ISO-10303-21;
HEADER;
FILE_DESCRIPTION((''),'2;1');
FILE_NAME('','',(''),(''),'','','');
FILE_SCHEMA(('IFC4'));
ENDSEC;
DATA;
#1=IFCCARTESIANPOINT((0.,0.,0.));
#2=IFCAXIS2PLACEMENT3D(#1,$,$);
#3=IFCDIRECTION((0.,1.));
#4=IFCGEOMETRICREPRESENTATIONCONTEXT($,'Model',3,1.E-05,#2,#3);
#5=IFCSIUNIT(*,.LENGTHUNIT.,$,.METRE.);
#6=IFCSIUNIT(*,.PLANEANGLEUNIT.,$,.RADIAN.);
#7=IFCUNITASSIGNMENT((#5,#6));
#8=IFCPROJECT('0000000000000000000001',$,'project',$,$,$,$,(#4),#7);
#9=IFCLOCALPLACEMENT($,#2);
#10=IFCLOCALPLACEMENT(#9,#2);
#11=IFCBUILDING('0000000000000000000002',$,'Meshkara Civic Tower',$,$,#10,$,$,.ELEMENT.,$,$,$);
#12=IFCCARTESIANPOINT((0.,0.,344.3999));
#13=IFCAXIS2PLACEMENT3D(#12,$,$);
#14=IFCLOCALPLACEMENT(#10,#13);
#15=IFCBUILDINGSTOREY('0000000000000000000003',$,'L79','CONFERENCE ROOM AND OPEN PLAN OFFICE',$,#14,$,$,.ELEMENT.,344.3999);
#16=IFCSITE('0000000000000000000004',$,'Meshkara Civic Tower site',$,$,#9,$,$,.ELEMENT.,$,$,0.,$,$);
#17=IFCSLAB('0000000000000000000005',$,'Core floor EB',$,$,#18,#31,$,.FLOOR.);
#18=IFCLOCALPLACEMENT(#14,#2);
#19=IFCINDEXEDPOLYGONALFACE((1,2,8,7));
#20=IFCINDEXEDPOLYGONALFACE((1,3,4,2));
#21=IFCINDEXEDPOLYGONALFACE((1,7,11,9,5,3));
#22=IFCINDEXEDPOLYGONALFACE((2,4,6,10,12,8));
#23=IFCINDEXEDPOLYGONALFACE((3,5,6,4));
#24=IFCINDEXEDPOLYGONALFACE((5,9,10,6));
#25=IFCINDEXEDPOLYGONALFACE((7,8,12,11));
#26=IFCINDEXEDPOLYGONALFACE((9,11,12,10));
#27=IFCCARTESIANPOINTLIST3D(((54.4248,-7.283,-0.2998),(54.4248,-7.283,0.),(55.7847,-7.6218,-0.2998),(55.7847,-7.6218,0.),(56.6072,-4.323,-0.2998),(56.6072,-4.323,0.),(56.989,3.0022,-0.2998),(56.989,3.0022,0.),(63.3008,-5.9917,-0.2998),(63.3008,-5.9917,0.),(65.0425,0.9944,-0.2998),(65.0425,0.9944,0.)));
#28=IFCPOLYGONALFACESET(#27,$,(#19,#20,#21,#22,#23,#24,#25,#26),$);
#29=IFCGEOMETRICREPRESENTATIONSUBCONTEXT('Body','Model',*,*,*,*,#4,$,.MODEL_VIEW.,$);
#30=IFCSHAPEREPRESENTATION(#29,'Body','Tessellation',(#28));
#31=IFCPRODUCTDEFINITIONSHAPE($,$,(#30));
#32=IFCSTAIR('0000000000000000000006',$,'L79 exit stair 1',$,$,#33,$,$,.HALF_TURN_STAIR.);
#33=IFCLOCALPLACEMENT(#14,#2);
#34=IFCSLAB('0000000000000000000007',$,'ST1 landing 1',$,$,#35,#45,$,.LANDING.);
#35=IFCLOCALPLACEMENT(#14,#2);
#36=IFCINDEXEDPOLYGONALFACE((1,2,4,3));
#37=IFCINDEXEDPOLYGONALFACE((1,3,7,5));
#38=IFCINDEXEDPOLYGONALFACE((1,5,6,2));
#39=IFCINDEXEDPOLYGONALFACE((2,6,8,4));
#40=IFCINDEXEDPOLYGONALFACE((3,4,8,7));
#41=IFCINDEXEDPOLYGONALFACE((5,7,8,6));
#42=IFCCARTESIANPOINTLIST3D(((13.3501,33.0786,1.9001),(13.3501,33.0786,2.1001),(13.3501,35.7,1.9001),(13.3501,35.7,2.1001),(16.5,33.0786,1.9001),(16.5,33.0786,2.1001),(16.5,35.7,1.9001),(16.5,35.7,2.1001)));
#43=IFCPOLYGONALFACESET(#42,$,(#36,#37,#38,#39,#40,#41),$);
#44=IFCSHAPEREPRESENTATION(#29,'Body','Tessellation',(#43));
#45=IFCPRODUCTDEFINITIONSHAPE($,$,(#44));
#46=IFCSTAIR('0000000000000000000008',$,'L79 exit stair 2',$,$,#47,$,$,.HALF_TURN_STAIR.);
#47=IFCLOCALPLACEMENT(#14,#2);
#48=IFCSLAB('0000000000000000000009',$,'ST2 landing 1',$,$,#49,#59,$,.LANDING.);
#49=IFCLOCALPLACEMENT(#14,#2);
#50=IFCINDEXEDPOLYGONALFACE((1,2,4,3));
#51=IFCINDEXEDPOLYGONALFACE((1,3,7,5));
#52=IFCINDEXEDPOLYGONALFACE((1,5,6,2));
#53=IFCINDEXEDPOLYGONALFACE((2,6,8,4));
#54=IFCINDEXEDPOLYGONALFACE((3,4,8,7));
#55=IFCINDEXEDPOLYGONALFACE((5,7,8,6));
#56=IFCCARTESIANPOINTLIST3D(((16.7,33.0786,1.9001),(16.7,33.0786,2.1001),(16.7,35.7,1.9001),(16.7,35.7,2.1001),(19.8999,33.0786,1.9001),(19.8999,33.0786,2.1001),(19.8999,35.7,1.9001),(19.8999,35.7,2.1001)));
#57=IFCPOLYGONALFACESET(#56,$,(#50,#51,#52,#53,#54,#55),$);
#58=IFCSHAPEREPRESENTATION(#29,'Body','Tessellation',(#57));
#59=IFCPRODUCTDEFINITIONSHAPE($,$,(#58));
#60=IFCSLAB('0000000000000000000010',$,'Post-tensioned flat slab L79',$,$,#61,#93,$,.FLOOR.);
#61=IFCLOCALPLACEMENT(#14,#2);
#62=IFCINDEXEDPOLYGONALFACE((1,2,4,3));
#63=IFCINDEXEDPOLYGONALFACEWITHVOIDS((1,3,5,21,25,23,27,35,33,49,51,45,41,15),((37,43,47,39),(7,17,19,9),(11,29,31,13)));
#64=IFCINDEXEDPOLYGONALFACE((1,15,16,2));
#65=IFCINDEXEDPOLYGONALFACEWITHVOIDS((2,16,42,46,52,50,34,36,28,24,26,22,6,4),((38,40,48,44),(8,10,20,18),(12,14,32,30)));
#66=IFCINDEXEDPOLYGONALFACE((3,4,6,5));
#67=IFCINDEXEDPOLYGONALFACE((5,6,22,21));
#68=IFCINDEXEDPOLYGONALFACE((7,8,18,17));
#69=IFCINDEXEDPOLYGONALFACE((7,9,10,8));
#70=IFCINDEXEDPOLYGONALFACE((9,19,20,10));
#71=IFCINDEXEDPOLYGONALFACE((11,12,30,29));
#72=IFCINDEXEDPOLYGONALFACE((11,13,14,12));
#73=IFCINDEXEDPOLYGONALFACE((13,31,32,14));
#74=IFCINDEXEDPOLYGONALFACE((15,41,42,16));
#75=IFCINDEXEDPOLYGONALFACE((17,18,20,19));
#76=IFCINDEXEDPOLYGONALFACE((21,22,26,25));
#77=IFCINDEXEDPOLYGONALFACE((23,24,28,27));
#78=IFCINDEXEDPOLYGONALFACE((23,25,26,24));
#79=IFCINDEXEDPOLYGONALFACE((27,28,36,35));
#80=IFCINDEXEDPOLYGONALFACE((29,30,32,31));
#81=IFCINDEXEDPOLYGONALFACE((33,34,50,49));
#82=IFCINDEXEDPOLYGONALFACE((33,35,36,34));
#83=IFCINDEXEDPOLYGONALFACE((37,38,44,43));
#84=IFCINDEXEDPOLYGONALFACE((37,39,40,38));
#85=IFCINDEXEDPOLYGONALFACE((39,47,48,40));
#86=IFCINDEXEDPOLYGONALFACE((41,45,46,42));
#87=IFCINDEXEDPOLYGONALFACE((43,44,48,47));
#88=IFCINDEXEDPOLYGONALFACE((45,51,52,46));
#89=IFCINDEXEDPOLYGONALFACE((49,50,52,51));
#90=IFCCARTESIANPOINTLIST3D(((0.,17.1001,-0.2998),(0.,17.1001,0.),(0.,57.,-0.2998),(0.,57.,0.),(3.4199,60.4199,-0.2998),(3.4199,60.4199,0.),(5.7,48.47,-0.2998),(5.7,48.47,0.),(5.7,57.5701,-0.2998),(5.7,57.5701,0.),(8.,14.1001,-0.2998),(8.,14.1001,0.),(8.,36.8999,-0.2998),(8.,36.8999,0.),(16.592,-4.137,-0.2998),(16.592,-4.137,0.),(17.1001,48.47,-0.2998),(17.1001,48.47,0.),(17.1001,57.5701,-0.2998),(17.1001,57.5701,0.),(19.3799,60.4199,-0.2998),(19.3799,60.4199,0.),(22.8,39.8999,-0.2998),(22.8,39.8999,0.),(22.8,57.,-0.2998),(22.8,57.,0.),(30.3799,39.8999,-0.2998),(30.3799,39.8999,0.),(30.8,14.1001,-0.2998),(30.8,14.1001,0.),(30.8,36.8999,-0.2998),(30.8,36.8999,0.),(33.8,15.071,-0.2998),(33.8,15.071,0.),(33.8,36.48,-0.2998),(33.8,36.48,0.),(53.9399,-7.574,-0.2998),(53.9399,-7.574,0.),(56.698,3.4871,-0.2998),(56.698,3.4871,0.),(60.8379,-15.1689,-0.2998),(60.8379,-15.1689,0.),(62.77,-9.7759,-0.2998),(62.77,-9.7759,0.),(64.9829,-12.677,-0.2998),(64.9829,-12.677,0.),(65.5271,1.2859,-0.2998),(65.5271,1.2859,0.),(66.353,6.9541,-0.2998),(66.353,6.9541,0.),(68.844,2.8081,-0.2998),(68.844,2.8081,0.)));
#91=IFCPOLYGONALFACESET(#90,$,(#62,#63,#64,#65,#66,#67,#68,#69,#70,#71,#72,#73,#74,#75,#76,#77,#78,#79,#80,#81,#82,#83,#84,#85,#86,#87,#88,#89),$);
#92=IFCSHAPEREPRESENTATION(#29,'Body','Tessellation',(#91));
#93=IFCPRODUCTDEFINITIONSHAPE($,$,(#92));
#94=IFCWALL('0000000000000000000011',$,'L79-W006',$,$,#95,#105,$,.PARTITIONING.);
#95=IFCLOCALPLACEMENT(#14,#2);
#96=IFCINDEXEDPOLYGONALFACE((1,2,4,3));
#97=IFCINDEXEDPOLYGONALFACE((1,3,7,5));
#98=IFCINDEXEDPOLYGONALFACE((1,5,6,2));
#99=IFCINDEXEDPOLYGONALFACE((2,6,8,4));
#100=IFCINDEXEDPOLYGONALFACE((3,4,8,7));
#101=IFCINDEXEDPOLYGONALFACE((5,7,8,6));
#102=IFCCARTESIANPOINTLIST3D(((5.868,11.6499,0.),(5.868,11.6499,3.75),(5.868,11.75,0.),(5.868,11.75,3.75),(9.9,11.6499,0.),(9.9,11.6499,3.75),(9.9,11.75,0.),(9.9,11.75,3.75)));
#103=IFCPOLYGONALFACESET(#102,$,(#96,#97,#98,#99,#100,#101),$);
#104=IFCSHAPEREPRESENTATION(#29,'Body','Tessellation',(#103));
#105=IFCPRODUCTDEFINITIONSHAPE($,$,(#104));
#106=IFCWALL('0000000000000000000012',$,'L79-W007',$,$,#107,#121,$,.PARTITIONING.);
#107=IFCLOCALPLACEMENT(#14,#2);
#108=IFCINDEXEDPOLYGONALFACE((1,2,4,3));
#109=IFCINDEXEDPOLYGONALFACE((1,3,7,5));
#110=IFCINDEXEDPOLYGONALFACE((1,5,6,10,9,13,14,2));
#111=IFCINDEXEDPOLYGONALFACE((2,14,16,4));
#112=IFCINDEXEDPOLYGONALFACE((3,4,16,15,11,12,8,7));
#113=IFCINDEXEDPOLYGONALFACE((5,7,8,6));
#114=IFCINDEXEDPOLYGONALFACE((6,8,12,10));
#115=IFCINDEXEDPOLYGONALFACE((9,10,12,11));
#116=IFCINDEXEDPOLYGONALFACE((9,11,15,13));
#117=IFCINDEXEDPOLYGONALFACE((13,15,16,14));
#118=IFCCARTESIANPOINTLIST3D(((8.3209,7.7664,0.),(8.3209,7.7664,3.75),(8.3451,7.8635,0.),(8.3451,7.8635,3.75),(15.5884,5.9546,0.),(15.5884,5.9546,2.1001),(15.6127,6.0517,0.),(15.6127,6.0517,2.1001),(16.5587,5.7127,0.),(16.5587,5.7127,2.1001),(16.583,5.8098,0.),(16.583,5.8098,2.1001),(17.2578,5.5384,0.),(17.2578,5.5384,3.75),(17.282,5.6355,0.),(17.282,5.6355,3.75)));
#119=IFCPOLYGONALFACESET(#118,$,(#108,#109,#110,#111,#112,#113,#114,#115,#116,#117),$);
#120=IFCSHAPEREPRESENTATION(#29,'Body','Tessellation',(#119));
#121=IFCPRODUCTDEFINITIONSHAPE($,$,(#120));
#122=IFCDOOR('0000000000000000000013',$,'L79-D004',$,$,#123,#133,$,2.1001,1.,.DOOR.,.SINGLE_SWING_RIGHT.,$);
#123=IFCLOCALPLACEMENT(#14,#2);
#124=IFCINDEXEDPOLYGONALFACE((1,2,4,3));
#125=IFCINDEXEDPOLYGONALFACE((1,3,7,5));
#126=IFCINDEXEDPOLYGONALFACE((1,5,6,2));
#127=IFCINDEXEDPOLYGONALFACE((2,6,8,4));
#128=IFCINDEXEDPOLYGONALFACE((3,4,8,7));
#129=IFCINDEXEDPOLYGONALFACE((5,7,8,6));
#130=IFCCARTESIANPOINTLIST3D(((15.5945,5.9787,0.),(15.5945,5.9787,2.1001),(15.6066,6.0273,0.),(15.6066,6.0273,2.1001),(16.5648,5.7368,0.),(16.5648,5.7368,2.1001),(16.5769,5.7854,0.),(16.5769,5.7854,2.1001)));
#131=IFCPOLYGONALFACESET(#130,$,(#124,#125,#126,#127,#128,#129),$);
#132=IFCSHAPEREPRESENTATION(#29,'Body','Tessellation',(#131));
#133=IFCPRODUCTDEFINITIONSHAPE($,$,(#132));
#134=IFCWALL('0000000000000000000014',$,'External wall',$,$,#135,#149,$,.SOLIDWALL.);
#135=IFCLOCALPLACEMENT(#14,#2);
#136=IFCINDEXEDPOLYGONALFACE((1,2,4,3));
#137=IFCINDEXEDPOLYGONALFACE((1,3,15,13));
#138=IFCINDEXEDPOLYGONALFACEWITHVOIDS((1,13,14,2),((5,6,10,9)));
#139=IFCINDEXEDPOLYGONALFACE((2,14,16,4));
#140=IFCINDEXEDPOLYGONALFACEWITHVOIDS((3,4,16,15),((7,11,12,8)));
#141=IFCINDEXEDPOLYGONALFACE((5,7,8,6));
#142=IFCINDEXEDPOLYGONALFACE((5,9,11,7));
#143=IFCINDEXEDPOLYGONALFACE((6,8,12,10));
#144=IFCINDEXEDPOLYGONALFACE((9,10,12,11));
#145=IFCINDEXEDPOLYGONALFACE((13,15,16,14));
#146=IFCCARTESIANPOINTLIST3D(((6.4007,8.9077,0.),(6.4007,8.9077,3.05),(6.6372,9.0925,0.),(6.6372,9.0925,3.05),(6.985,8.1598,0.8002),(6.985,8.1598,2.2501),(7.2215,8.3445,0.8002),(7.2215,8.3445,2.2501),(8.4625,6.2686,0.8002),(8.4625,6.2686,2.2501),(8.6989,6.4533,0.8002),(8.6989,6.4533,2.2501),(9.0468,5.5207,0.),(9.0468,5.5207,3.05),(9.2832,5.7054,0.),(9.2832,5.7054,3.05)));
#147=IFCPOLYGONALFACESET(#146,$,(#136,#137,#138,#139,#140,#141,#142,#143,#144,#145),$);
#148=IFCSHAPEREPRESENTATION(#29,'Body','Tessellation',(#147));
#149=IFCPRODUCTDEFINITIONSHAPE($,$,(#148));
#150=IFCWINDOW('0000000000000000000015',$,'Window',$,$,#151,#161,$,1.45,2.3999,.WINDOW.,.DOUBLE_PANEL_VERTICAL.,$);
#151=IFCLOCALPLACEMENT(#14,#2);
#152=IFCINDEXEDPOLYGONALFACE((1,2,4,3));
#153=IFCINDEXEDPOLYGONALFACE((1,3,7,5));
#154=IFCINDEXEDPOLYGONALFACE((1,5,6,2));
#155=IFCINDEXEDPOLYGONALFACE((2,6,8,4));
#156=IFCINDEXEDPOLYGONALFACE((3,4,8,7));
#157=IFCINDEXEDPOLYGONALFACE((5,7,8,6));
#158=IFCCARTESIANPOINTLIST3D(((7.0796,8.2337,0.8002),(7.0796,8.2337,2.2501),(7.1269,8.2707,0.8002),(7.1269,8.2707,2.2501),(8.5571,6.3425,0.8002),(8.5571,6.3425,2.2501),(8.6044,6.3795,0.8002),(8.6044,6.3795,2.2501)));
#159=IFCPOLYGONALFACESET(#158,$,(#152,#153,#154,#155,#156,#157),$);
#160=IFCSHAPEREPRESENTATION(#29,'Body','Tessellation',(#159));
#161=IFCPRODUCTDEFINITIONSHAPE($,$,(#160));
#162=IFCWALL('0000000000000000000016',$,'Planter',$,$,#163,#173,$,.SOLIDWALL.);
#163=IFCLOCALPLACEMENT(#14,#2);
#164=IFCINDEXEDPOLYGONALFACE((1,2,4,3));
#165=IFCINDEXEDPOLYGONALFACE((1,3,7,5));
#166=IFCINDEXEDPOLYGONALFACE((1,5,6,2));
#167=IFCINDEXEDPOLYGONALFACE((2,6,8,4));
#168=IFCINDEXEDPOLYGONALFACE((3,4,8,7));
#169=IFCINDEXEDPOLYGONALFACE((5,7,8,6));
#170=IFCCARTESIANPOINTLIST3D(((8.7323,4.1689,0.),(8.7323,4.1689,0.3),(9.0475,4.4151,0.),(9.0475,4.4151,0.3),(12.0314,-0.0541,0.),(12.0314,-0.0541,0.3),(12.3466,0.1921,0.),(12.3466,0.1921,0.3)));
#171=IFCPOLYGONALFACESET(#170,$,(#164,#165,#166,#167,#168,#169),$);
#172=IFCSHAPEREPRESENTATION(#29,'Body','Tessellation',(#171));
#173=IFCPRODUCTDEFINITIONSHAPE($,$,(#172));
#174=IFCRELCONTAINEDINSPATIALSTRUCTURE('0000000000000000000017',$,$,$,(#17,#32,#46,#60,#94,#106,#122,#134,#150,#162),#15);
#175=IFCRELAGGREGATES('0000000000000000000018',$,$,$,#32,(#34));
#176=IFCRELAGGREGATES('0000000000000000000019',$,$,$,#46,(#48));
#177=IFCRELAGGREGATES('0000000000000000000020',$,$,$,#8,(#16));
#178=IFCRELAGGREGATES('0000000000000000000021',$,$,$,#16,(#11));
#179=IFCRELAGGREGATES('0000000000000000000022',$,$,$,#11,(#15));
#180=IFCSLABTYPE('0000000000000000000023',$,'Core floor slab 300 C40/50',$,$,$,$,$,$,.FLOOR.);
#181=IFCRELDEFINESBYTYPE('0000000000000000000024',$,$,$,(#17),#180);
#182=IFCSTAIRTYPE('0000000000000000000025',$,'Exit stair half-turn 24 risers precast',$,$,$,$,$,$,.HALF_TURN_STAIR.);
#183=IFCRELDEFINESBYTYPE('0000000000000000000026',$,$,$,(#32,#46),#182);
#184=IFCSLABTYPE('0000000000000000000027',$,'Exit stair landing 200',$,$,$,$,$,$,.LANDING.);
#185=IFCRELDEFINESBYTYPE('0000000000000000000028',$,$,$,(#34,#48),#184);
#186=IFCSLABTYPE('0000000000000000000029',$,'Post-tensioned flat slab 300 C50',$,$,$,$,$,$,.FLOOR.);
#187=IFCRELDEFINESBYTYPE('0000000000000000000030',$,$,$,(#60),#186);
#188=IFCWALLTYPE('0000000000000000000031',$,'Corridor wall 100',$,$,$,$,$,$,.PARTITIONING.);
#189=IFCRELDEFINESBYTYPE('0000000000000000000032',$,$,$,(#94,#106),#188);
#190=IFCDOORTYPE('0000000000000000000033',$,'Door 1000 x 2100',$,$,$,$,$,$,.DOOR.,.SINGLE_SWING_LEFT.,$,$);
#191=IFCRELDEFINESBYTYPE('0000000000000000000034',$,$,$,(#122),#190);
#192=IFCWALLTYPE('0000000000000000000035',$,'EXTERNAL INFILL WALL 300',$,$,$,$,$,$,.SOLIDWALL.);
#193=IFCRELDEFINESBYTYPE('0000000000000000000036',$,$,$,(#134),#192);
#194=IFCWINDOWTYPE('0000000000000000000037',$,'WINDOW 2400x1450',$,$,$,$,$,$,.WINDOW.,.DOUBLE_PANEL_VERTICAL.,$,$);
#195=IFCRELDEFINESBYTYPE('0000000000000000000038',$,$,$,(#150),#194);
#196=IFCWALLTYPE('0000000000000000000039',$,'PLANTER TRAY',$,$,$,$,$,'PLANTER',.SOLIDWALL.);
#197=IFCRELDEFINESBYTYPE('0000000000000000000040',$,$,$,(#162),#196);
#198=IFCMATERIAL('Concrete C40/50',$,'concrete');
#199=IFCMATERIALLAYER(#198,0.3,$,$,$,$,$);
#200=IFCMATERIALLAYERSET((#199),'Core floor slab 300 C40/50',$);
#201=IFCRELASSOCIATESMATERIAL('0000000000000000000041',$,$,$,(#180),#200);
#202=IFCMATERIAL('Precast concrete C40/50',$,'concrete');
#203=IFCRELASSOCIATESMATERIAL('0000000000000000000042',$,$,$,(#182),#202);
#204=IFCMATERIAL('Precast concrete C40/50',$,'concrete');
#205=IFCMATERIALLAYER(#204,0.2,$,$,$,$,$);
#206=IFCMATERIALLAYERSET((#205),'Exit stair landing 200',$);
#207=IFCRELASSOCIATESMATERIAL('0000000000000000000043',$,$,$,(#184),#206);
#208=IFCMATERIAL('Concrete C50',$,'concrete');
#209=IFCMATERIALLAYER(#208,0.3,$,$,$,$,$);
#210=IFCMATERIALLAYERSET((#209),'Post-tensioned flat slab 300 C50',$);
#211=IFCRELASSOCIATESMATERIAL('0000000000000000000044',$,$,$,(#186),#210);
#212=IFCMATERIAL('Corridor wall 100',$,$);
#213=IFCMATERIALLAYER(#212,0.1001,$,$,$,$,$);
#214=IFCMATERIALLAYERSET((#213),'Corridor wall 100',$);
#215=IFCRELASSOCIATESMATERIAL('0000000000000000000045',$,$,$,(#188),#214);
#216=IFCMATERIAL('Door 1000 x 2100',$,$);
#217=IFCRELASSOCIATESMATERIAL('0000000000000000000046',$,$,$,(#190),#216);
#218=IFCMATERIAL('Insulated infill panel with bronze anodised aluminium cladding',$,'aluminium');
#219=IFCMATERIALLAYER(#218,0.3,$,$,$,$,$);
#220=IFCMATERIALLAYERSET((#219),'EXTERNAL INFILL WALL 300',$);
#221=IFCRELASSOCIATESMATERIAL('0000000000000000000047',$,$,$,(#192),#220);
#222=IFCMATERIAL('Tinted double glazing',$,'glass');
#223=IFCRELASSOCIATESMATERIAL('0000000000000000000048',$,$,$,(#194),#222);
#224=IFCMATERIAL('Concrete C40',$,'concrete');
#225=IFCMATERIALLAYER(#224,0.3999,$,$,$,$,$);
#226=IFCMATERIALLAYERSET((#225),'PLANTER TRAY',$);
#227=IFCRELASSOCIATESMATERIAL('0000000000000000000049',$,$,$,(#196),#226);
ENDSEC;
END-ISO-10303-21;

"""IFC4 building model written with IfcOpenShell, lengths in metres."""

from ifc_helpers import new_model, si_unit, direction, frame, frame_2d, origin, place, context, subcontext, project, spatial, polyline, rectangle, outline, extrude, material, layer, layer_set, type_object, element, fill, aggregate, save


model = new_model("IFC4")

# Units and contexts
model_context = context("Model", 3, precision=1e-05, world=origin(), true_north=direction((0.0, 1.0)))
body_context = subcontext(model_context, "Body", "Model", "MODEL_VIEW")
ifc_project = project(units=[si_unit("LENGTHUNIT", "METRE"), si_unit("PLANEANGLEUNIT", "RADIAN")], contexts=[model_context])

# Site, building, storey
site_placement = place(None, origin())
site = spatial("IfcSite", under=ifc_project, at=site_placement, Name="Meshkara Civic Tower site", CompositionType="ELEMENT", RefElevation=0.0)
building_placement = place(site_placement, origin())
building = spatial("IfcBuilding", under=site, at=building_placement, Name="Meshkara Civic Tower", CompositionType="ELEMENT")
storey_placement = place(building_placement, frame((0.0, 0.0, 344.3999)))
storey = spatial("IfcBuildingStorey", under=building, at=storey_placement, Name="L79", Description="CONFERENCE ROOM AND OPEN PLAN OFFICE", CompositionType="ELEMENT", Elevation=344.3999)

# Slab
ifc_material_1 = material(Name="Concrete C40/50", Category="concrete")
ifc_layer_1 = layer(ifc_material_1, 0.3)
ifc_layer_set_1 = layer_set([ifc_layer_1], Name="Core floor slab 300 C40/50")
slab_type_1 = type_object("IfcSlabType", Name="Core floor slab 300 C40/50", PredefinedType="FLOOR", material=ifc_layer_set_1)
slab_1_placement = place(storey_placement, frame((0.0, 0.0, -0.2998)))
element("IfcSlab", 1, at=slab_1_placement, inside=storey, type_object=slab_type_1, Name="Core floor EB", PredefinedType="FLOOR", context=body_context, shape_type="SweptSolid", body=[
    extrude(outline(polyline([(56.989, 3.0022), (65.0425, 0.9944), (63.3008, -5.9917), (56.6072, -4.323), (55.7847, -7.6218), (54.4248, -7.283), (56.989, 3.0022)])), origin(), (0.0, 0.0, 1.0), 0.2998),
])

# Stairs, slabs
ifc_material_2 = material(Name="Precast concrete C40/50", Category="concrete")
stair_type = type_object("IfcStairType", Name="Exit stair half-turn 24 risers precast", PredefinedType="HALF_TURN_STAIR", material=ifc_material_2)
stair_1_placement = place(storey_placement, origin())
stair_1 = element("IfcStair", 2, at=stair_1_placement, inside=storey, type_object=stair_type, Name="L79 exit stair 1", PredefinedType="HALF_TURN_STAIR")
ifc_material_3 = material(Name="Precast concrete C40/50", Category="concrete")
ifc_layer_2 = layer(ifc_material_3, 0.2)
ifc_layer_set_2 = layer_set([ifc_layer_2], Name="Exit stair landing 200")
slab_type_2 = type_object("IfcSlabType", Name="Exit stair landing 200", PredefinedType="LANDING", material=ifc_layer_set_2)
slab_2_placement = place(storey_placement, frame((0.0, 0.0, 1.9001)))
slab_2 = element("IfcSlab", 3, at=slab_2_placement, type_object=slab_type_2, Name="ST1 landing 1", PredefinedType="LANDING", context=body_context, shape_type="SweptSolid", body=[
    extrude(outline(polyline([(16.5, 33.0786), (16.5, 35.7), (13.3501, 35.7), (13.3501, 33.0786), (16.5, 33.0786)])), origin(), (0.0, 0.0, 1.0), 0.2),
])
aggregate(stair_1, [slab_2])
stair_2_placement = place(storey_placement, origin())
stair_2 = element("IfcStair", 4, at=stair_2_placement, inside=storey, type_object=stair_type, Name="L79 exit stair 2", PredefinedType="HALF_TURN_STAIR")
slab_3_placement = place(storey_placement, frame((0.0, 0.0, 1.9001)))
slab_3 = element("IfcSlab", 5, at=slab_3_placement, type_object=slab_type_2, Name="ST2 landing 1", PredefinedType="LANDING", context=body_context, shape_type="SweptSolid", body=[
    extrude(outline(polyline([(19.8999, 33.0786), (19.8999, 35.7), (16.7, 35.7), (16.7, 33.0786), (19.8999, 33.0786)])), origin(), (0.0, 0.0, 1.0), 0.2),
])
aggregate(stair_2, [slab_3])

# Slab
ifc_material_4 = material(Name="Concrete C50", Category="concrete")
ifc_layer_3 = layer(ifc_material_4, 0.3)
ifc_layer_set_3 = layer_set([ifc_layer_3], Name="Post-tensioned flat slab 300 C50")
slab_type_3 = type_object("IfcSlabType", Name="Post-tensioned flat slab 300 C50", PredefinedType="FLOOR", material=ifc_layer_set_3)
slab_4_placement = place(storey_placement, frame((0.0, 0.0, -0.2998)))
element("IfcSlab", 6, at=slab_4_placement, inside=storey, type_object=slab_type_3, Name="Post-tensioned flat slab L79", PredefinedType="FLOOR", context=body_context, shape_type="SweptSolid", body=[
    extrude(outline(polyline([(64.9829, -12.677), (60.8379, -15.1689), (16.592, -4.137), (0.0, 17.1001), (0.0, 57.0), (3.4199, 60.4199), (19.3799, 60.4199), (22.8, 57.0), (22.8, 39.8999), (30.3799, 39.8999), (33.8, 36.48), (33.8, 15.071), (66.353, 6.9541), (68.844, 2.8081), (64.9829, -12.677)]), holes=[polyline([(62.77, -9.7759), (65.5271, 1.2859), (56.698, 3.4871), (53.9399, -7.574), (62.77, -9.7759)]), polyline([(8.0, 14.1001), (30.8, 14.1001), (30.8, 36.8999), (8.0, 36.8999), (8.0, 14.1001)]), polyline([(5.7, 57.5701), (5.7, 48.47), (17.1001, 48.47), (17.1001, 57.5701), (5.7, 57.5701)])]), origin(), (0.0, 0.0, 1.0), 0.2998),
])

# Wall
ifc_material_5 = material(Name="Corridor wall 100")
ifc_layer_4 = layer(ifc_material_5, 0.1001)
ifc_layer_set_4 = layer_set([ifc_layer_4], Name="Corridor wall 100")
wall_type_1 = type_object("IfcWallType", Name="Corridor wall 100", PredefinedType="PARTITIONING", material=ifc_layer_set_4)
wall_1_placement = place(storey_placement, frame((5.8679, 11.7, 0.0), z_axis=(0.0, 0.0, 1.0), x_axis=(1.0, 0.0, 0.0)))
element("IfcWall", 7, at=wall_1_placement, inside=storey, type_object=wall_type_1, Name="L79-W006", PredefinedType="PARTITIONING", context=body_context, shape_type="SweptSolid", body=[
    extrude(rectangle(XDim=4.032, YDim=0.1001, at=frame_2d((2.0161, 0.0))), origin(), (0.0, 0.0, 1.0), 3.75),
])

# Wall, opening, door
wall_2_placement = place(storey_placement, frame((8.333, 7.8149, 0.0), z_axis=(0.0, 0.0, 1.0), x_axis=(0.970301, -0.241899, 0.0)))
wall_2 = element("IfcWall", 8, at=wall_2_placement, inside=storey, type_object=wall_type_1, Name="L79-W007", PredefinedType="PARTITIONING", context=body_context, shape_type="SweptSolid", body=[
    extrude(rectangle(XDim=9.2104, YDim=0.1001, at=frame_2d((4.6052, 0.0))), origin(), (0.0, 0.0, 1.0), 3.75),
])
opening_1_placement = place(wall_2_placement, frame((7.49, 0.0, 0.0)))
opening_1 = element("IfcOpeningElement", 9, at=opening_1_placement, cuts=wall_2, PredefinedType="OPENING", context=body_context, shape_type="SweptSolid", body=[
    extrude(rectangle(XDim=1.0, YDim=2.1001, at=frame_2d((0.5, 1.05))), frame((0.0, 0.0601, 0.0), z_axis=(0.0, -1.0, 0.0), x_axis=(1.0, 0.0, 0.0)), (0.0, 0.0, 1.0), 0.1201),
])
ifc_material_6 = material(Name="Door 1000 x 2100")
door_type = type_object("IfcDoorType", Name="Door 1000 x 2100", OperationType="SINGLE_SWING_LEFT", PredefinedType="DOOR", material=ifc_material_6)
door_placement = place(opening_1_placement, origin())
door = element("IfcDoor", 10, at=door_placement, inside=storey, type_object=door_type, Name="L79-D004", OperationType="SINGLE_SWING_RIGHT", OverallHeight=2.1001, OverallWidth=1.0, PredefinedType="DOOR", context=body_context, shape_type="SweptSolid", body=[
    extrude(rectangle(XDim=1.0, YDim=2.1001, at=frame_2d((0.5, 1.05))), frame((0.0, 0.0249, 0.0), z_axis=(0.0, -1.0, 0.0), x_axis=(1.0, 0.0, 0.0)), (0.0, 0.0, 1.0), 0.05),
])
fill(opening_1, door)

# Wall, opening, window
ifc_material_7 = material(Name="Insulated infill panel with bronze anodised aluminium cladding", Category="aluminium")
ifc_layer_5 = layer(ifc_material_7, 0.3)
ifc_layer_set_5 = layer_set([ifc_layer_5], Name="EXTERNAL INFILL WALL 300")
wall_type_2 = type_object("IfcWallType", Name="EXTERNAL INFILL WALL 300", PredefinedType="SOLIDWALL", material=ifc_layer_set_5)
wall_3_placement = place(storey_placement, frame((6.519, 9.0, 0.0), z_axis=(0.0, 0.0, 1.0), x_axis=(0.615634, -0.788032, 0.0)))
wall_3 = element("IfcWall", 11, at=wall_3_placement, inside=storey, type_object=wall_type_2, Name="External wall", PredefinedType="SOLIDWALL", context=body_context, shape_type="SweptSolid", body=[
    extrude(rectangle(XDim=4.2981, YDim=0.3, at=frame_2d((2.1489, 0.0))), origin(), (0.0, 0.0, 1.0), 3.05),
])
opening_2_placement = place(wall_3_placement, frame((0.949, 0.0, 0.8)))
opening_2 = element("IfcOpeningElement", 12, at=opening_2_placement, cuts=wall_3, PredefinedType="OPENING", context=body_context, shape_type="SweptSolid", body=[
    extrude(rectangle(XDim=2.3999, YDim=1.45, at=frame_2d((1.2, 0.7251))), frame((0.0, 0.1599, 0.0), z_axis=(0.0, -1.0, 0.0), x_axis=(1.0, 0.0, 0.0)), (0.0, 0.0, 1.0), 0.3201),
])
ifc_material_8 = material(Name="Tinted double glazing", Category="glass")
window_type = type_object("IfcWindowType", Name="WINDOW 2400x1450", PartitioningType="DOUBLE_PANEL_VERTICAL", PredefinedType="WINDOW", material=ifc_material_8)
window_placement = place(opening_2_placement, origin())
window = element("IfcWindow", 13, at=window_placement, inside=storey, type_object=window_type, Name="Window", OverallHeight=1.45, OverallWidth=2.3999, PartitioningType="DOUBLE_PANEL_VERTICAL", PredefinedType="WINDOW", context=body_context, shape_type="SweptSolid", body=[
    extrude(rectangle(XDim=2.3999, YDim=1.45, at=frame_2d((1.2, 0.7251))), frame((0.0, 0.03, 0.0), z_axis=(0.0, -1.0, 0.0), x_axis=(1.0, 0.0, 0.0)), (0.0, 0.0, 1.0), 0.0601),
])
fill(opening_2, window)

# Wall
ifc_material_9 = material(Name="Concrete C40", Category="concrete")
ifc_layer_6 = layer(ifc_material_9, 0.3999)
ifc_layer_set_6 = layer_set([ifc_layer_6], Name="PLANTER TRAY")
wall_type_3 = type_object("IfcWallType", Name="PLANTER TRAY", ElementType="PLANTER", PredefinedType="SOLIDWALL", material=ifc_layer_set_6)
wall_4_placement = place(storey_placement, frame((8.8899, 4.292, 0.0), z_axis=(0.0, 0.0, 1.0), x_axis=(0.615636, -0.788031, 0.0)))
element("IfcWall", 14, at=wall_4_placement, inside=storey, type_object=wall_type_3, Name="Planter", PredefinedType="SOLIDWALL", context=body_context, shape_type="SweptSolid", body=[
    extrude(rectangle(XDim=5.3589, YDim=0.3999, at=frame_2d((2.6794, 0.0))), origin(), (0.0, 0.0, 1.0), 0.3),
])

save(model, "model.ifc")
